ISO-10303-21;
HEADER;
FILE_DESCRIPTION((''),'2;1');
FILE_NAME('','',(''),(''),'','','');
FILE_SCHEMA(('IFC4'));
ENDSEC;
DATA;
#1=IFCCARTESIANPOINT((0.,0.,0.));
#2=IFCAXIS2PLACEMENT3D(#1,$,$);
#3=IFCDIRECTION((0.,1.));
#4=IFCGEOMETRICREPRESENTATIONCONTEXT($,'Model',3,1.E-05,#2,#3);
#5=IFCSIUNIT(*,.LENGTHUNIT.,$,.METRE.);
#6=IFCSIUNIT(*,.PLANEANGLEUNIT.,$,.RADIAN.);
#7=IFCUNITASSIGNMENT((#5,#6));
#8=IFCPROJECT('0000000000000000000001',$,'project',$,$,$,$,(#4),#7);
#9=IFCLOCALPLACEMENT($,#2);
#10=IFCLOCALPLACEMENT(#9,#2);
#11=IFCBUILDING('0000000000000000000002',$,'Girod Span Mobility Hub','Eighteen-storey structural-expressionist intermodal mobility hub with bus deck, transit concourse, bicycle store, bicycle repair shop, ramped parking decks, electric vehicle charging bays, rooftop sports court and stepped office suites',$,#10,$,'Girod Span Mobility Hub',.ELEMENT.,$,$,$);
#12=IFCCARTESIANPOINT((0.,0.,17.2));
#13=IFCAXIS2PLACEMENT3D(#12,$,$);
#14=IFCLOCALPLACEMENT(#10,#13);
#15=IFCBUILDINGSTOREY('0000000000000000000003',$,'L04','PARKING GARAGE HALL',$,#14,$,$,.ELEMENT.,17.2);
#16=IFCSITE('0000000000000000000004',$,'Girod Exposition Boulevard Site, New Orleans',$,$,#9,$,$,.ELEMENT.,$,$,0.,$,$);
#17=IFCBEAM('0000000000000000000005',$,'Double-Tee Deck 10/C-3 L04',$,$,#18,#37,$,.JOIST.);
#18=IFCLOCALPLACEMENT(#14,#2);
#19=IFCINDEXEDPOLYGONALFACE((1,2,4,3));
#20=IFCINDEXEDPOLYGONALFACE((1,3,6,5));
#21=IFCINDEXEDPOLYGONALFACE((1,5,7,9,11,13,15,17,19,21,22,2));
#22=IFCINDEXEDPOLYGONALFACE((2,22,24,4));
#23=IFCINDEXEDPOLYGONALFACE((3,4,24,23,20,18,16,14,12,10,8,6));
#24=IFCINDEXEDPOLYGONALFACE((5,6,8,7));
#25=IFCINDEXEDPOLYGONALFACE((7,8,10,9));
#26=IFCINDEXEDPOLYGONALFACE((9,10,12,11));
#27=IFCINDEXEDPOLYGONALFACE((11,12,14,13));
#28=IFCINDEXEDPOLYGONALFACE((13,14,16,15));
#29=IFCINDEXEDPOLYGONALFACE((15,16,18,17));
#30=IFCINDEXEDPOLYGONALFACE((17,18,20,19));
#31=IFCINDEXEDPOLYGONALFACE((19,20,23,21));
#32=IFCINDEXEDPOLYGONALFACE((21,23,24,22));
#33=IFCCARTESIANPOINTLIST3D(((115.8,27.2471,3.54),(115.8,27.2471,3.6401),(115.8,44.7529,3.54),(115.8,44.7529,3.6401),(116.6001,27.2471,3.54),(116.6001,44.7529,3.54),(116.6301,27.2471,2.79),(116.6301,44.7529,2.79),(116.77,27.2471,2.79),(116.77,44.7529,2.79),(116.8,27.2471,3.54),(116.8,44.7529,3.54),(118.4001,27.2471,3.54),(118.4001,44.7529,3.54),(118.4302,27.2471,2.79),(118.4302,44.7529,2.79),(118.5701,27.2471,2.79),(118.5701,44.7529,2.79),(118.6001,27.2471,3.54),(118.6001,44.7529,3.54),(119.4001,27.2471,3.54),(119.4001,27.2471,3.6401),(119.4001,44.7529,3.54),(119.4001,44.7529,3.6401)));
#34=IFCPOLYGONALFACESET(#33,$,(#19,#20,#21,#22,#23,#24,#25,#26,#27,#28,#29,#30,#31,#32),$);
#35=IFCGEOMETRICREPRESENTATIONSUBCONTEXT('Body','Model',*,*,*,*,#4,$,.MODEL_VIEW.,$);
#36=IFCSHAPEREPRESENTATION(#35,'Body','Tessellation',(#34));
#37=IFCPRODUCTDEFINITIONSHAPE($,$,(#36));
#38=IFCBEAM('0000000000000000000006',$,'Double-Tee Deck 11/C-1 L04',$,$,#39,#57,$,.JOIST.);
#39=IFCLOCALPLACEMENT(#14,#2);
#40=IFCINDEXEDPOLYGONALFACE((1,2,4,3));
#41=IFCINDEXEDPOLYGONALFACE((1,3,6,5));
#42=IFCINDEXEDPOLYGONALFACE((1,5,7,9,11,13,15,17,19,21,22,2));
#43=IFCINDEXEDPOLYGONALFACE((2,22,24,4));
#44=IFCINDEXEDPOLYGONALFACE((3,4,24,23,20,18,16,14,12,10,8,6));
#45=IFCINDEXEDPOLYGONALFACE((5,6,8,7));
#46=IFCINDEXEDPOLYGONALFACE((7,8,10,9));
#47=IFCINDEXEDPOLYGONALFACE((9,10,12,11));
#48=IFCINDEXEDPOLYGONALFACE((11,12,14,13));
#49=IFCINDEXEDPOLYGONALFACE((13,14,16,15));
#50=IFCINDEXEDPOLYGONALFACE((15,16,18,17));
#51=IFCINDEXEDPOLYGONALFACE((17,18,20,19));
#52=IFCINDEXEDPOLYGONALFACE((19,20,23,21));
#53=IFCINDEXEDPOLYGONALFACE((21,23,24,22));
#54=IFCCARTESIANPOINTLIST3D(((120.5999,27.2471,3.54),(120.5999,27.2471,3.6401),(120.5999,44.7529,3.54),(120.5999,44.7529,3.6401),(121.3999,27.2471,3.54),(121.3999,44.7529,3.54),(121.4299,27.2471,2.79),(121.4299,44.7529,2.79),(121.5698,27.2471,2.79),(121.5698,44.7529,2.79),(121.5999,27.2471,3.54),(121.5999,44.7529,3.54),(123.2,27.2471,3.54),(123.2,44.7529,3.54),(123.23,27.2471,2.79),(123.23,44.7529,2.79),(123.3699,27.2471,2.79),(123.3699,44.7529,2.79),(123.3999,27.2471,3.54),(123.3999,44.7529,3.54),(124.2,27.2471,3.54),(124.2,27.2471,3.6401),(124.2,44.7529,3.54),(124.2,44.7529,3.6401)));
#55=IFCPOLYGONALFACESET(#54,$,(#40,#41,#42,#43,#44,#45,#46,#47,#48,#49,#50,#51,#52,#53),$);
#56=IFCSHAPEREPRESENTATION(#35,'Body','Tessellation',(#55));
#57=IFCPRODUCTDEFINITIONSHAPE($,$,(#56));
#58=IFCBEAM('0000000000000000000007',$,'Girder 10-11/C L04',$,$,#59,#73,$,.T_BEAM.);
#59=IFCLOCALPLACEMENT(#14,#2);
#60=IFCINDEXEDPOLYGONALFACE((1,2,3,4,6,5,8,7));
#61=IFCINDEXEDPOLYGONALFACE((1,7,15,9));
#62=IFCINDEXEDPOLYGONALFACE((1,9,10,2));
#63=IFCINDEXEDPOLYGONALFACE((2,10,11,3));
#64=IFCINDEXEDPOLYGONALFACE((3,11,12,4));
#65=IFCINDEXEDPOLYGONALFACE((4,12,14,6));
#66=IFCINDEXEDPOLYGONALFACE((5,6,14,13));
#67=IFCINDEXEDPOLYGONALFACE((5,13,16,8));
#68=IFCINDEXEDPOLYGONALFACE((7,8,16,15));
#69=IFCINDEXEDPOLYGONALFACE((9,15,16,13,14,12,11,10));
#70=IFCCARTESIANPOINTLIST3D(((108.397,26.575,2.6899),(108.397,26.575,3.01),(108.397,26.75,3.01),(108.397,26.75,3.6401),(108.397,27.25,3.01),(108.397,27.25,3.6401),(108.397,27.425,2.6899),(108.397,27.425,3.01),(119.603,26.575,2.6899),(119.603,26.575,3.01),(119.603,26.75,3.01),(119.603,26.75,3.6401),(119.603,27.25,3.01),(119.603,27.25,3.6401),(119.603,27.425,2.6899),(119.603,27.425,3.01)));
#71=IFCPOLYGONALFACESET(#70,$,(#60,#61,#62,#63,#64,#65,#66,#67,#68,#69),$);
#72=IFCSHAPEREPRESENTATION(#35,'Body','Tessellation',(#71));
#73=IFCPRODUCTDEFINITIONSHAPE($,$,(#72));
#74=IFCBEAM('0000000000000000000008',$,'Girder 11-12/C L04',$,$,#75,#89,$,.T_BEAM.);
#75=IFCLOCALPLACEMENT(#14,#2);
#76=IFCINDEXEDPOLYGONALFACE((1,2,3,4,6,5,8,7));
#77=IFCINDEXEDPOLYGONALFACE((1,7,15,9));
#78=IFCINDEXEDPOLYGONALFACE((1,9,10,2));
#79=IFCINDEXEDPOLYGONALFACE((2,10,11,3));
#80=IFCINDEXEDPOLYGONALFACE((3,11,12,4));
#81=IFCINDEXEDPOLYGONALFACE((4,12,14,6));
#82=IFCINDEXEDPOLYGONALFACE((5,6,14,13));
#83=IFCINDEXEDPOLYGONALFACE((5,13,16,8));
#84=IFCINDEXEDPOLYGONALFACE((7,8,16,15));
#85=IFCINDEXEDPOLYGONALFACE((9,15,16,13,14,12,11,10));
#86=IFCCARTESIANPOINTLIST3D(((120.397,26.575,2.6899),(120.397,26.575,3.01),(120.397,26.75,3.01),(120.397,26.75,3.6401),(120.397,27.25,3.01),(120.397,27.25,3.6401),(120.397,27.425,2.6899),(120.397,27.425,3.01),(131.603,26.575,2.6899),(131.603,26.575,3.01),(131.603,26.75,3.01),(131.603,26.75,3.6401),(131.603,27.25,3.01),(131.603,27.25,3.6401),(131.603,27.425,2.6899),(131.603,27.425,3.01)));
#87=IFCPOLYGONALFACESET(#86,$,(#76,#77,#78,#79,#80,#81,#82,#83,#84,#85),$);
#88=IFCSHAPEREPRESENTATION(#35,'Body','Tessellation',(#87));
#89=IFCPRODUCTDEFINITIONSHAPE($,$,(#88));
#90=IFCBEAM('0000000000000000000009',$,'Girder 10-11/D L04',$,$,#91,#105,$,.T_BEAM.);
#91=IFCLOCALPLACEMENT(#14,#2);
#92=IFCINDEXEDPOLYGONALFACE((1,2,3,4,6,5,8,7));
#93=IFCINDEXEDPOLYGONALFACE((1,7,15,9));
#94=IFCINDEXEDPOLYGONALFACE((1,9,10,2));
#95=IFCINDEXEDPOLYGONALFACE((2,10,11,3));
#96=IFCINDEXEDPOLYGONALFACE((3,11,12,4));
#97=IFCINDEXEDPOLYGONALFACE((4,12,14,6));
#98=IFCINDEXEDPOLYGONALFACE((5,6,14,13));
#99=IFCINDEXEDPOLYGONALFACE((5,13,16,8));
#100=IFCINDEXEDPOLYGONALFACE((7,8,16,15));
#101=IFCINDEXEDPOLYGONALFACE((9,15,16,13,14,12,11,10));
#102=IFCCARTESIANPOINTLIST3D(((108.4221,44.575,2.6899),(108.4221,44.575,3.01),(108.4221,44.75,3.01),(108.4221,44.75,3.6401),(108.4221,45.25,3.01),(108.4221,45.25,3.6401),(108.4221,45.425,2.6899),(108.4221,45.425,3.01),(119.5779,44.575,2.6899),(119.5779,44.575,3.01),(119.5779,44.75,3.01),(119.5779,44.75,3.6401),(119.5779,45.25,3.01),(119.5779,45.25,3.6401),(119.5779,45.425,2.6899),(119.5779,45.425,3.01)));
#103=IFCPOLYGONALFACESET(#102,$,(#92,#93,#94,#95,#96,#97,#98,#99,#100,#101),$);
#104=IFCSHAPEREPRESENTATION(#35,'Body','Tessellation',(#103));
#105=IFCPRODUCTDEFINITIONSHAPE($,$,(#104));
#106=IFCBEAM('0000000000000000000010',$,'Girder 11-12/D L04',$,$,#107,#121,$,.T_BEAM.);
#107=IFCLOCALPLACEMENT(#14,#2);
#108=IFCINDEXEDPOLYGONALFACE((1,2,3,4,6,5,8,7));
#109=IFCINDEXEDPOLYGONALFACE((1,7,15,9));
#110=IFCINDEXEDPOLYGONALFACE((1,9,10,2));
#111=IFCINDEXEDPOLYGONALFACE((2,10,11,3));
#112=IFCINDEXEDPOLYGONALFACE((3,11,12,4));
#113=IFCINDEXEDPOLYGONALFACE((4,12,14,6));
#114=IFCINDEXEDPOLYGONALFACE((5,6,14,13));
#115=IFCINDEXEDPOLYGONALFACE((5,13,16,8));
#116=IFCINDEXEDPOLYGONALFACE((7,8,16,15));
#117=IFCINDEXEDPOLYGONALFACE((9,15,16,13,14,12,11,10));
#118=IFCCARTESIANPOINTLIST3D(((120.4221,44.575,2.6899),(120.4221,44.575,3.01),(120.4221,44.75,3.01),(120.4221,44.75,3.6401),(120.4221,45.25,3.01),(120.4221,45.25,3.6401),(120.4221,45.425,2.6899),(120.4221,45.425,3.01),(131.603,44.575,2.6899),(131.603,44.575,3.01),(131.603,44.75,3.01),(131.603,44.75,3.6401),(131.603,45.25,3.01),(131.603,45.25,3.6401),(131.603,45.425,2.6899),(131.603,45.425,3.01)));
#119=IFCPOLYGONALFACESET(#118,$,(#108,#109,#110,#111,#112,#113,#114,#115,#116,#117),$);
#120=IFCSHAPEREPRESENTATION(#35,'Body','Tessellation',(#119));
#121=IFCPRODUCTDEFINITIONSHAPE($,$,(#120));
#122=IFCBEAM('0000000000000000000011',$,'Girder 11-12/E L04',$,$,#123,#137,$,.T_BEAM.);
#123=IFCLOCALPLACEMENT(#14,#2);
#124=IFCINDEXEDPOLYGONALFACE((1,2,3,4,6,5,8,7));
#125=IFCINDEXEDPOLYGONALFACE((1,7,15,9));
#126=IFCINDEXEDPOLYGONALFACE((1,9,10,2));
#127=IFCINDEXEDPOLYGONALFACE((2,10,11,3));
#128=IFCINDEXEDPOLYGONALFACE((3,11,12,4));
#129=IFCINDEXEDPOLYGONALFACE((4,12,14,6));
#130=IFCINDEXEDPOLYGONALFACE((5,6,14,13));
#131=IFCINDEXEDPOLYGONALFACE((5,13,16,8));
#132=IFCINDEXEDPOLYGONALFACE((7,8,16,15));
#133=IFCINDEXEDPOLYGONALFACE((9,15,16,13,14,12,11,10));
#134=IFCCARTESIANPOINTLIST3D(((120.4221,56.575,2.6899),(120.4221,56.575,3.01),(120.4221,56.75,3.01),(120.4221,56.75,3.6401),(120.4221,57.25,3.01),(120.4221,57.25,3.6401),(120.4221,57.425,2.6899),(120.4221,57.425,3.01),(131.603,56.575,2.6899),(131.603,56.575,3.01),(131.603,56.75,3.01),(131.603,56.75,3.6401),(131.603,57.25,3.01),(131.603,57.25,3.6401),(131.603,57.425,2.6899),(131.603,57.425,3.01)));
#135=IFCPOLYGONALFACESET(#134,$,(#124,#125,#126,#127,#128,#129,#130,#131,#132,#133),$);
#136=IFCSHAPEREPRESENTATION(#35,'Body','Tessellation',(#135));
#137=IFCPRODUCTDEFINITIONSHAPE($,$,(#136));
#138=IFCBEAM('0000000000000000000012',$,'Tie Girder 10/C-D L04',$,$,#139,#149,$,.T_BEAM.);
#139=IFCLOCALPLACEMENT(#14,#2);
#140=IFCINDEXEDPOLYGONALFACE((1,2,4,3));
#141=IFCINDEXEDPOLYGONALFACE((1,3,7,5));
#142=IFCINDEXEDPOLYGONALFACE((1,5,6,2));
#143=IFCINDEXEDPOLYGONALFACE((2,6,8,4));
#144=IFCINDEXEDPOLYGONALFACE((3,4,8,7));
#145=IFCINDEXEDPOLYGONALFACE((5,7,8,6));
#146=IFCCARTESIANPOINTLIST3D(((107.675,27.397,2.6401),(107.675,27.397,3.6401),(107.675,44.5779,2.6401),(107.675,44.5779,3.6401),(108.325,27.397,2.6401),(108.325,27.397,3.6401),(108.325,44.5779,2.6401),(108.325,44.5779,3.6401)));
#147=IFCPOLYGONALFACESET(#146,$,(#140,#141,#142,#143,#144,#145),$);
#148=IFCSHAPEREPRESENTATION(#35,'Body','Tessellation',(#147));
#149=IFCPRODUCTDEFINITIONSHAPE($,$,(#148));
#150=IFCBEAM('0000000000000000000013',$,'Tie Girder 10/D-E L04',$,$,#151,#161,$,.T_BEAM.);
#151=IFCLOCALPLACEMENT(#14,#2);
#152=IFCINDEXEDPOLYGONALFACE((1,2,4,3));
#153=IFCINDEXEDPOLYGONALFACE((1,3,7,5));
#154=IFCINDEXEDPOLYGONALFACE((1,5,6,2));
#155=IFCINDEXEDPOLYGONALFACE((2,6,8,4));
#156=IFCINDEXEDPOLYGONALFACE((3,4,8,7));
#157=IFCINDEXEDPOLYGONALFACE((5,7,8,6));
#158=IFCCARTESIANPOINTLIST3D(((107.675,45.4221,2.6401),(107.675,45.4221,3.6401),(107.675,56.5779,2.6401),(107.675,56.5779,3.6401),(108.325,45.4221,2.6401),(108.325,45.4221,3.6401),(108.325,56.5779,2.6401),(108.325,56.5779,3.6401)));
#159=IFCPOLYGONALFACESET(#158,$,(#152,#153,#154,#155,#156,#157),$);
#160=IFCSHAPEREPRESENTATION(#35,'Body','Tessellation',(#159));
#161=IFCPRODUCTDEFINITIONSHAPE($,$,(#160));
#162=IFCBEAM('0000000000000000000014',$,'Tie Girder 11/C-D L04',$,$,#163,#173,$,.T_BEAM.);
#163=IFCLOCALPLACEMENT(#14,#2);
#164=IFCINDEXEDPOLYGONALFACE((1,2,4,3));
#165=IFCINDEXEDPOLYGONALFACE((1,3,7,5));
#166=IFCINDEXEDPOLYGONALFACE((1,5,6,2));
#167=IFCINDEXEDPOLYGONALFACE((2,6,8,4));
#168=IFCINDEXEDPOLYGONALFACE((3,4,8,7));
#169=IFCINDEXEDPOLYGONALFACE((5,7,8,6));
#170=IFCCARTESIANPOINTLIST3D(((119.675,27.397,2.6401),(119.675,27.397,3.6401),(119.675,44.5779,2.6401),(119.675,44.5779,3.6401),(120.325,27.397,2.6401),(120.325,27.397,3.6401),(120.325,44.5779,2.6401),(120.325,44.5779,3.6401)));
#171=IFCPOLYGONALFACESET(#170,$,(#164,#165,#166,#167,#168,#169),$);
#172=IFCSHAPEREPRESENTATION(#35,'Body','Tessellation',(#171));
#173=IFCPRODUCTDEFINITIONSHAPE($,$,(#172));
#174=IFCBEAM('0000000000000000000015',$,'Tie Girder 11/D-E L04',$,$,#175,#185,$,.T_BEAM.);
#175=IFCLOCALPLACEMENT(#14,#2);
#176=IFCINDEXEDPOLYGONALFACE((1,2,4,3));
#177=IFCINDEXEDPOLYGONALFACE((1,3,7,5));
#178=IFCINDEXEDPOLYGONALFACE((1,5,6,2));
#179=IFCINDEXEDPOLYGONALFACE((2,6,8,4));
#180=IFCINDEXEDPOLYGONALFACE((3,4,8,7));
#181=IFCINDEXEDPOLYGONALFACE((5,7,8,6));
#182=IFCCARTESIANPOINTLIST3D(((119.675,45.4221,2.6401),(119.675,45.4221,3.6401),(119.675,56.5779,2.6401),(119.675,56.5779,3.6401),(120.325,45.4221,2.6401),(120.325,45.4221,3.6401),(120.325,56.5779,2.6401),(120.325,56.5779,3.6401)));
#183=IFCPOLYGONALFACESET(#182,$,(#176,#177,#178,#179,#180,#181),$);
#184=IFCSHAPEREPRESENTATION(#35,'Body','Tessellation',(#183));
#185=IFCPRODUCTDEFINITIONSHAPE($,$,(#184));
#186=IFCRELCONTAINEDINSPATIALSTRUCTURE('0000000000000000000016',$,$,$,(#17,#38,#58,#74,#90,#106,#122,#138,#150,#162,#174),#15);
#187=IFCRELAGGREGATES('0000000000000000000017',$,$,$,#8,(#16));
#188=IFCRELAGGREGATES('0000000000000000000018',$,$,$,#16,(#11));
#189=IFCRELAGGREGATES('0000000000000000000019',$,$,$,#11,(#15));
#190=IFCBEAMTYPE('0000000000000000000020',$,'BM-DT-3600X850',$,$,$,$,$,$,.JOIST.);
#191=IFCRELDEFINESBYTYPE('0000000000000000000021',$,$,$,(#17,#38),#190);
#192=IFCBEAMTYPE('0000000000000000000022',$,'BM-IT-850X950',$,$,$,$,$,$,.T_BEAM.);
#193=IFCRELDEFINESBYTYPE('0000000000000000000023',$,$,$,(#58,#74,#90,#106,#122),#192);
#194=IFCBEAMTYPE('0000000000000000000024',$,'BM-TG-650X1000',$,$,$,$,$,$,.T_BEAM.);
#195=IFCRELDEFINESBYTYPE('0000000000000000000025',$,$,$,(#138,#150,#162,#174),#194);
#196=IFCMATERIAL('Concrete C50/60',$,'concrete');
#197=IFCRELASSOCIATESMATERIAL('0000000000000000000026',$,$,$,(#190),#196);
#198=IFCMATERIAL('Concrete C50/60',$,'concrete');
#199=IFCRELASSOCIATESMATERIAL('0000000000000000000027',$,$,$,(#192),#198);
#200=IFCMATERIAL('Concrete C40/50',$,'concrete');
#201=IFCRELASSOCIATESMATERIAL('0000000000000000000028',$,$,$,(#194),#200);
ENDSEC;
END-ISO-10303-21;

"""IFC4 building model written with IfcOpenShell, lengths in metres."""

from ifc_helpers import new_model, si_unit, direction, frame, origin, origin_2d, place, context, subcontext, project, spatial, polyline, rectangle, outline, extrude, material, material_profile, profile_set, type_object, element, save


model = new_model("IFC4")

# Units and contexts
model_context = context("Model", 3, precision=1e-05, world=origin(), true_north=direction((0.0, 1.0)))
body_context = subcontext(model_context, "Body", "Model", "MODEL_VIEW")
ifc_project = project(units=[si_unit("LENGTHUNIT", "METRE"), si_unit("PLANEANGLEUNIT", "RADIAN")], contexts=[model_context])

# Site, building, storey
site_placement = place(None, origin())
site = spatial("IfcSite", under=ifc_project, at=site_placement, Name="Girod Exposition Boulevard Site, New Orleans", CompositionType="ELEMENT", RefElevation=0.0)
building_placement = place(site_placement, origin())
building = spatial("IfcBuilding", under=site, at=building_placement, Name="Girod Span Mobility Hub", Description="Eighteen-storey structural-expressionist intermodal mobility hub with bus deck, transit concourse, bicycle store, bicycle repair shop, ramped parking decks, electric vehicle charging bays, rooftop sports court and stepped office suites", LongName="Girod Span Mobility Hub", CompositionType="ELEMENT")
storey_placement = place(building_placement, frame((0.0, 0.0, 17.2)))
storey = spatial("IfcBuildingStorey", under=building, at=storey_placement, Name="L04", Description="PARKING GARAGE HALL", CompositionType="ELEMENT", Elevation=17.2)

# Beams
ifc_material_1 = material(Name="Concrete C50/60", Category="concrete")
ifc_material_profile_1 = material_profile(ifc_material_1, outline(polyline([(-1.8, 0.425), (-1.8, 0.325), (-1.0, 0.325), (-0.97, -0.425), (-0.8301, -0.425), (-0.8, 0.325), (0.8, 0.325), (0.8301, -0.425), (0.97, -0.425), (1.0, 0.325), (1.8, 0.325), (1.8, 0.425), (-1.8, 0.425)])), Name="DT-3600X850")
ifc_profile_set_1 = profile_set([ifc_material_profile_1], Name="Concrete C50/60")
beam_type_1 = type_object("IfcBeamType", Name="BM-DT-3600X850", PredefinedType="JOIST", material=ifc_profile_set_1)
for number, where, z_axis, x_axis, name in (
    (1, (117.6001, 27.2471, 3.2151), (0.0, 1.0, 0.0), (-1.0, 0.0, 0.0), "Double-Tee Deck 10/C-3 L04"),
    (2, (122.3999, 27.2471, 3.2151), (0.0, 1.0, 0.0), (-1.0, 0.0, 0.0), "Double-Tee Deck 11/C-1 L04"),
):
    element("IfcBeam", number, at=place(storey_placement, frame(where, z_axis=z_axis, x_axis=x_axis)), inside=storey, type_object=beam_type_1, Name=name, PredefinedType="JOIST", context=body_context, shape_type="SweptSolid", body=[
        extrude(outline(polyline([(-1.8, 0.425), (-1.8, 0.325), (-1.0, 0.325), (-0.97, -0.425), (-0.8301, -0.425), (-0.8, 0.325), (0.8, 0.325), (0.8301, -0.425), (0.97, -0.425), (1.0, 0.325), (1.8, 0.325), (1.8, 0.425), (-1.8, 0.425)])), origin(), (0.0, 0.0, 1.0), 17.5059),
    ])
ifc_material_2 = material(Name="Concrete C50/60", Category="concrete")
ifc_material_profile_2 = material_profile(ifc_material_2, outline(polyline([(-0.425, -0.4751), (0.425, -0.4751), (0.425, -0.155), (0.25, -0.155), (0.25, 0.4751), (-0.25, 0.4751), (-0.25, -0.155), (-0.425, -0.155), (-0.425, -0.4751)])), Name="IT-850X950")
ifc_profile_set_2 = profile_set([ifc_material_profile_2], Name="Concrete C50/60")
beam_type_2 = type_object("IfcBeamType", Name="BM-IT-850X950", PredefinedType="T_BEAM", material=ifc_profile_set_2)
for number, where, z_axis, x_axis, name in (
    (3, (108.397, 27.0, 3.165), (1.0, 0.0, 0.0), (0.0, 1.0, 0.0), "Girder 10-11/C L04"),
    (4, (120.397, 27.0, 3.165), (1.0, 0.0, 0.0), (0.0, 1.0, 0.0), "Girder 11-12/C L04"),
):
    element("IfcBeam", number, at=place(storey_placement, frame(where, z_axis=z_axis, x_axis=x_axis)), inside=storey, type_object=beam_type_2, Name=name, PredefinedType="T_BEAM", context=body_context, shape_type="SweptSolid", body=[
        extrude(outline(polyline([(-0.425, -0.4751), (0.425, -0.4751), (0.425, -0.155), (0.25, -0.155), (0.25, 0.4751), (-0.25, 0.4751), (-0.25, -0.155), (-0.425, -0.155), (-0.425, -0.4751)])), origin(), (0.0, 0.0, 1.0), 11.2061),
    ])
beam_1_placement = place(storey_placement, frame((108.4221, 45.0, 3.165), z_axis=(1.0, 0.0, 0.0), x_axis=(0.0, 1.0, 0.0)))
element("IfcBeam", 5, at=beam_1_placement, inside=storey, type_object=beam_type_2, Name="Girder 10-11/D L04", PredefinedType="T_BEAM", context=body_context, shape_type="SweptSolid", body=[
    extrude(outline(polyline([(-0.425, -0.4751), (0.425, -0.4751), (0.425, -0.155), (0.25, -0.155), (0.25, 0.4751), (-0.25, 0.4751), (-0.25, -0.155), (-0.425, -0.155), (-0.425, -0.4751)])), origin(), (0.0, 0.0, 1.0), 11.1558),
])
for number, where, z_axis, x_axis, name in (
    (6, (120.4221, 45.0, 3.165), (1.0, 0.0, 0.0), (0.0, 1.0, 0.0), "Girder 11-12/D L04"),
    (7, (120.4221, 57.0, 3.165), (1.0, 0.0, 0.0), (0.0, 1.0, 0.0), "Girder 11-12/E L04"),
):
    element("IfcBeam", number, at=place(storey_placement, frame(where, z_axis=z_axis, x_axis=x_axis)), inside=storey, type_object=beam_type_2, Name=name, PredefinedType="T_BEAM", context=body_context, shape_type="SweptSolid", body=[
        extrude(outline(polyline([(-0.425, -0.4751), (0.425, -0.4751), (0.425, -0.155), (0.25, -0.155), (0.25, 0.4751), (-0.25, 0.4751), (-0.25, -0.155), (-0.425, -0.155), (-0.425, -0.4751)])), origin(), (0.0, 0.0, 1.0), 11.1809),
    ])
ifc_material_3 = material(Name="Concrete C40/50", Category="concrete")
ifc_material_profile_3 = material_profile(ifc_material_3, rectangle(XDim=0.6499, YDim=1.0, at=origin_2d()), Name="TG-650X1000")
ifc_profile_set_3 = profile_set([ifc_material_profile_3], Name="Concrete C40/50")
beam_type_3 = type_object("IfcBeamType", Name="BM-TG-650X1000", PredefinedType="T_BEAM", material=ifc_profile_set_3)
beam_2_placement = place(storey_placement, frame((108.0, 27.397, 3.1401), z_axis=(0.0, 1.0, 0.0), x_axis=(-1.0, 0.0, 0.0)))
element("IfcBeam", 8, at=beam_2_placement, inside=storey, type_object=beam_type_3, Name="Tie Girder 10/C-D L04", PredefinedType="T_BEAM", context=body_context, shape_type="SweptSolid", body=[
    extrude(rectangle(XDim=0.6499, YDim=1.0, at=origin_2d()), origin(), (0.0, 0.0, 1.0), 17.1809),
])
beam_3_placement = place(storey_placement, frame((108.0, 45.4221, 3.1401), z_axis=(0.0, 1.0, 0.0), x_axis=(-1.0, 0.0, 0.0)))
element("IfcBeam", 9, at=beam_3_placement, inside=storey, type_object=beam_type_3, Name="Tie Girder 10/D-E L04", PredefinedType="T_BEAM", context=body_context, shape_type="SweptSolid", body=[
    extrude(rectangle(XDim=0.6499, YDim=1.0, at=origin_2d()), origin(), (0.0, 0.0, 1.0), 11.1558),
])
beam_4_placement = place(storey_placement, frame((120.0, 27.397, 3.1401), z_axis=(0.0, 1.0, 0.0), x_axis=(-1.0, 0.0, 0.0)))
element("IfcBeam", 10, at=beam_4_placement, inside=storey, type_object=beam_type_3, Name="Tie Girder 11/C-D L04", PredefinedType="T_BEAM", context=body_context, shape_type="SweptSolid", body=[
    extrude(rectangle(XDim=0.6499, YDim=1.0, at=origin_2d()), origin(), (0.0, 0.0, 1.0), 17.1809),
])
beam_5_placement = place(storey_placement, frame((120.0, 45.4221, 3.1401), z_axis=(0.0, 1.0, 0.0), x_axis=(-1.0, 0.0, 0.0)))
element("IfcBeam", 11, at=beam_5_placement, inside=storey, type_object=beam_type_3, Name="Tie Girder 11/D-E L04", PredefinedType="T_BEAM", context=body_context, shape_type="SweptSolid", body=[
    extrude(rectangle(XDim=0.6499, YDim=1.0, at=origin_2d()), origin(), (0.0, 0.0, 1.0), 11.1558),
])

save(model, "model.ifc")
